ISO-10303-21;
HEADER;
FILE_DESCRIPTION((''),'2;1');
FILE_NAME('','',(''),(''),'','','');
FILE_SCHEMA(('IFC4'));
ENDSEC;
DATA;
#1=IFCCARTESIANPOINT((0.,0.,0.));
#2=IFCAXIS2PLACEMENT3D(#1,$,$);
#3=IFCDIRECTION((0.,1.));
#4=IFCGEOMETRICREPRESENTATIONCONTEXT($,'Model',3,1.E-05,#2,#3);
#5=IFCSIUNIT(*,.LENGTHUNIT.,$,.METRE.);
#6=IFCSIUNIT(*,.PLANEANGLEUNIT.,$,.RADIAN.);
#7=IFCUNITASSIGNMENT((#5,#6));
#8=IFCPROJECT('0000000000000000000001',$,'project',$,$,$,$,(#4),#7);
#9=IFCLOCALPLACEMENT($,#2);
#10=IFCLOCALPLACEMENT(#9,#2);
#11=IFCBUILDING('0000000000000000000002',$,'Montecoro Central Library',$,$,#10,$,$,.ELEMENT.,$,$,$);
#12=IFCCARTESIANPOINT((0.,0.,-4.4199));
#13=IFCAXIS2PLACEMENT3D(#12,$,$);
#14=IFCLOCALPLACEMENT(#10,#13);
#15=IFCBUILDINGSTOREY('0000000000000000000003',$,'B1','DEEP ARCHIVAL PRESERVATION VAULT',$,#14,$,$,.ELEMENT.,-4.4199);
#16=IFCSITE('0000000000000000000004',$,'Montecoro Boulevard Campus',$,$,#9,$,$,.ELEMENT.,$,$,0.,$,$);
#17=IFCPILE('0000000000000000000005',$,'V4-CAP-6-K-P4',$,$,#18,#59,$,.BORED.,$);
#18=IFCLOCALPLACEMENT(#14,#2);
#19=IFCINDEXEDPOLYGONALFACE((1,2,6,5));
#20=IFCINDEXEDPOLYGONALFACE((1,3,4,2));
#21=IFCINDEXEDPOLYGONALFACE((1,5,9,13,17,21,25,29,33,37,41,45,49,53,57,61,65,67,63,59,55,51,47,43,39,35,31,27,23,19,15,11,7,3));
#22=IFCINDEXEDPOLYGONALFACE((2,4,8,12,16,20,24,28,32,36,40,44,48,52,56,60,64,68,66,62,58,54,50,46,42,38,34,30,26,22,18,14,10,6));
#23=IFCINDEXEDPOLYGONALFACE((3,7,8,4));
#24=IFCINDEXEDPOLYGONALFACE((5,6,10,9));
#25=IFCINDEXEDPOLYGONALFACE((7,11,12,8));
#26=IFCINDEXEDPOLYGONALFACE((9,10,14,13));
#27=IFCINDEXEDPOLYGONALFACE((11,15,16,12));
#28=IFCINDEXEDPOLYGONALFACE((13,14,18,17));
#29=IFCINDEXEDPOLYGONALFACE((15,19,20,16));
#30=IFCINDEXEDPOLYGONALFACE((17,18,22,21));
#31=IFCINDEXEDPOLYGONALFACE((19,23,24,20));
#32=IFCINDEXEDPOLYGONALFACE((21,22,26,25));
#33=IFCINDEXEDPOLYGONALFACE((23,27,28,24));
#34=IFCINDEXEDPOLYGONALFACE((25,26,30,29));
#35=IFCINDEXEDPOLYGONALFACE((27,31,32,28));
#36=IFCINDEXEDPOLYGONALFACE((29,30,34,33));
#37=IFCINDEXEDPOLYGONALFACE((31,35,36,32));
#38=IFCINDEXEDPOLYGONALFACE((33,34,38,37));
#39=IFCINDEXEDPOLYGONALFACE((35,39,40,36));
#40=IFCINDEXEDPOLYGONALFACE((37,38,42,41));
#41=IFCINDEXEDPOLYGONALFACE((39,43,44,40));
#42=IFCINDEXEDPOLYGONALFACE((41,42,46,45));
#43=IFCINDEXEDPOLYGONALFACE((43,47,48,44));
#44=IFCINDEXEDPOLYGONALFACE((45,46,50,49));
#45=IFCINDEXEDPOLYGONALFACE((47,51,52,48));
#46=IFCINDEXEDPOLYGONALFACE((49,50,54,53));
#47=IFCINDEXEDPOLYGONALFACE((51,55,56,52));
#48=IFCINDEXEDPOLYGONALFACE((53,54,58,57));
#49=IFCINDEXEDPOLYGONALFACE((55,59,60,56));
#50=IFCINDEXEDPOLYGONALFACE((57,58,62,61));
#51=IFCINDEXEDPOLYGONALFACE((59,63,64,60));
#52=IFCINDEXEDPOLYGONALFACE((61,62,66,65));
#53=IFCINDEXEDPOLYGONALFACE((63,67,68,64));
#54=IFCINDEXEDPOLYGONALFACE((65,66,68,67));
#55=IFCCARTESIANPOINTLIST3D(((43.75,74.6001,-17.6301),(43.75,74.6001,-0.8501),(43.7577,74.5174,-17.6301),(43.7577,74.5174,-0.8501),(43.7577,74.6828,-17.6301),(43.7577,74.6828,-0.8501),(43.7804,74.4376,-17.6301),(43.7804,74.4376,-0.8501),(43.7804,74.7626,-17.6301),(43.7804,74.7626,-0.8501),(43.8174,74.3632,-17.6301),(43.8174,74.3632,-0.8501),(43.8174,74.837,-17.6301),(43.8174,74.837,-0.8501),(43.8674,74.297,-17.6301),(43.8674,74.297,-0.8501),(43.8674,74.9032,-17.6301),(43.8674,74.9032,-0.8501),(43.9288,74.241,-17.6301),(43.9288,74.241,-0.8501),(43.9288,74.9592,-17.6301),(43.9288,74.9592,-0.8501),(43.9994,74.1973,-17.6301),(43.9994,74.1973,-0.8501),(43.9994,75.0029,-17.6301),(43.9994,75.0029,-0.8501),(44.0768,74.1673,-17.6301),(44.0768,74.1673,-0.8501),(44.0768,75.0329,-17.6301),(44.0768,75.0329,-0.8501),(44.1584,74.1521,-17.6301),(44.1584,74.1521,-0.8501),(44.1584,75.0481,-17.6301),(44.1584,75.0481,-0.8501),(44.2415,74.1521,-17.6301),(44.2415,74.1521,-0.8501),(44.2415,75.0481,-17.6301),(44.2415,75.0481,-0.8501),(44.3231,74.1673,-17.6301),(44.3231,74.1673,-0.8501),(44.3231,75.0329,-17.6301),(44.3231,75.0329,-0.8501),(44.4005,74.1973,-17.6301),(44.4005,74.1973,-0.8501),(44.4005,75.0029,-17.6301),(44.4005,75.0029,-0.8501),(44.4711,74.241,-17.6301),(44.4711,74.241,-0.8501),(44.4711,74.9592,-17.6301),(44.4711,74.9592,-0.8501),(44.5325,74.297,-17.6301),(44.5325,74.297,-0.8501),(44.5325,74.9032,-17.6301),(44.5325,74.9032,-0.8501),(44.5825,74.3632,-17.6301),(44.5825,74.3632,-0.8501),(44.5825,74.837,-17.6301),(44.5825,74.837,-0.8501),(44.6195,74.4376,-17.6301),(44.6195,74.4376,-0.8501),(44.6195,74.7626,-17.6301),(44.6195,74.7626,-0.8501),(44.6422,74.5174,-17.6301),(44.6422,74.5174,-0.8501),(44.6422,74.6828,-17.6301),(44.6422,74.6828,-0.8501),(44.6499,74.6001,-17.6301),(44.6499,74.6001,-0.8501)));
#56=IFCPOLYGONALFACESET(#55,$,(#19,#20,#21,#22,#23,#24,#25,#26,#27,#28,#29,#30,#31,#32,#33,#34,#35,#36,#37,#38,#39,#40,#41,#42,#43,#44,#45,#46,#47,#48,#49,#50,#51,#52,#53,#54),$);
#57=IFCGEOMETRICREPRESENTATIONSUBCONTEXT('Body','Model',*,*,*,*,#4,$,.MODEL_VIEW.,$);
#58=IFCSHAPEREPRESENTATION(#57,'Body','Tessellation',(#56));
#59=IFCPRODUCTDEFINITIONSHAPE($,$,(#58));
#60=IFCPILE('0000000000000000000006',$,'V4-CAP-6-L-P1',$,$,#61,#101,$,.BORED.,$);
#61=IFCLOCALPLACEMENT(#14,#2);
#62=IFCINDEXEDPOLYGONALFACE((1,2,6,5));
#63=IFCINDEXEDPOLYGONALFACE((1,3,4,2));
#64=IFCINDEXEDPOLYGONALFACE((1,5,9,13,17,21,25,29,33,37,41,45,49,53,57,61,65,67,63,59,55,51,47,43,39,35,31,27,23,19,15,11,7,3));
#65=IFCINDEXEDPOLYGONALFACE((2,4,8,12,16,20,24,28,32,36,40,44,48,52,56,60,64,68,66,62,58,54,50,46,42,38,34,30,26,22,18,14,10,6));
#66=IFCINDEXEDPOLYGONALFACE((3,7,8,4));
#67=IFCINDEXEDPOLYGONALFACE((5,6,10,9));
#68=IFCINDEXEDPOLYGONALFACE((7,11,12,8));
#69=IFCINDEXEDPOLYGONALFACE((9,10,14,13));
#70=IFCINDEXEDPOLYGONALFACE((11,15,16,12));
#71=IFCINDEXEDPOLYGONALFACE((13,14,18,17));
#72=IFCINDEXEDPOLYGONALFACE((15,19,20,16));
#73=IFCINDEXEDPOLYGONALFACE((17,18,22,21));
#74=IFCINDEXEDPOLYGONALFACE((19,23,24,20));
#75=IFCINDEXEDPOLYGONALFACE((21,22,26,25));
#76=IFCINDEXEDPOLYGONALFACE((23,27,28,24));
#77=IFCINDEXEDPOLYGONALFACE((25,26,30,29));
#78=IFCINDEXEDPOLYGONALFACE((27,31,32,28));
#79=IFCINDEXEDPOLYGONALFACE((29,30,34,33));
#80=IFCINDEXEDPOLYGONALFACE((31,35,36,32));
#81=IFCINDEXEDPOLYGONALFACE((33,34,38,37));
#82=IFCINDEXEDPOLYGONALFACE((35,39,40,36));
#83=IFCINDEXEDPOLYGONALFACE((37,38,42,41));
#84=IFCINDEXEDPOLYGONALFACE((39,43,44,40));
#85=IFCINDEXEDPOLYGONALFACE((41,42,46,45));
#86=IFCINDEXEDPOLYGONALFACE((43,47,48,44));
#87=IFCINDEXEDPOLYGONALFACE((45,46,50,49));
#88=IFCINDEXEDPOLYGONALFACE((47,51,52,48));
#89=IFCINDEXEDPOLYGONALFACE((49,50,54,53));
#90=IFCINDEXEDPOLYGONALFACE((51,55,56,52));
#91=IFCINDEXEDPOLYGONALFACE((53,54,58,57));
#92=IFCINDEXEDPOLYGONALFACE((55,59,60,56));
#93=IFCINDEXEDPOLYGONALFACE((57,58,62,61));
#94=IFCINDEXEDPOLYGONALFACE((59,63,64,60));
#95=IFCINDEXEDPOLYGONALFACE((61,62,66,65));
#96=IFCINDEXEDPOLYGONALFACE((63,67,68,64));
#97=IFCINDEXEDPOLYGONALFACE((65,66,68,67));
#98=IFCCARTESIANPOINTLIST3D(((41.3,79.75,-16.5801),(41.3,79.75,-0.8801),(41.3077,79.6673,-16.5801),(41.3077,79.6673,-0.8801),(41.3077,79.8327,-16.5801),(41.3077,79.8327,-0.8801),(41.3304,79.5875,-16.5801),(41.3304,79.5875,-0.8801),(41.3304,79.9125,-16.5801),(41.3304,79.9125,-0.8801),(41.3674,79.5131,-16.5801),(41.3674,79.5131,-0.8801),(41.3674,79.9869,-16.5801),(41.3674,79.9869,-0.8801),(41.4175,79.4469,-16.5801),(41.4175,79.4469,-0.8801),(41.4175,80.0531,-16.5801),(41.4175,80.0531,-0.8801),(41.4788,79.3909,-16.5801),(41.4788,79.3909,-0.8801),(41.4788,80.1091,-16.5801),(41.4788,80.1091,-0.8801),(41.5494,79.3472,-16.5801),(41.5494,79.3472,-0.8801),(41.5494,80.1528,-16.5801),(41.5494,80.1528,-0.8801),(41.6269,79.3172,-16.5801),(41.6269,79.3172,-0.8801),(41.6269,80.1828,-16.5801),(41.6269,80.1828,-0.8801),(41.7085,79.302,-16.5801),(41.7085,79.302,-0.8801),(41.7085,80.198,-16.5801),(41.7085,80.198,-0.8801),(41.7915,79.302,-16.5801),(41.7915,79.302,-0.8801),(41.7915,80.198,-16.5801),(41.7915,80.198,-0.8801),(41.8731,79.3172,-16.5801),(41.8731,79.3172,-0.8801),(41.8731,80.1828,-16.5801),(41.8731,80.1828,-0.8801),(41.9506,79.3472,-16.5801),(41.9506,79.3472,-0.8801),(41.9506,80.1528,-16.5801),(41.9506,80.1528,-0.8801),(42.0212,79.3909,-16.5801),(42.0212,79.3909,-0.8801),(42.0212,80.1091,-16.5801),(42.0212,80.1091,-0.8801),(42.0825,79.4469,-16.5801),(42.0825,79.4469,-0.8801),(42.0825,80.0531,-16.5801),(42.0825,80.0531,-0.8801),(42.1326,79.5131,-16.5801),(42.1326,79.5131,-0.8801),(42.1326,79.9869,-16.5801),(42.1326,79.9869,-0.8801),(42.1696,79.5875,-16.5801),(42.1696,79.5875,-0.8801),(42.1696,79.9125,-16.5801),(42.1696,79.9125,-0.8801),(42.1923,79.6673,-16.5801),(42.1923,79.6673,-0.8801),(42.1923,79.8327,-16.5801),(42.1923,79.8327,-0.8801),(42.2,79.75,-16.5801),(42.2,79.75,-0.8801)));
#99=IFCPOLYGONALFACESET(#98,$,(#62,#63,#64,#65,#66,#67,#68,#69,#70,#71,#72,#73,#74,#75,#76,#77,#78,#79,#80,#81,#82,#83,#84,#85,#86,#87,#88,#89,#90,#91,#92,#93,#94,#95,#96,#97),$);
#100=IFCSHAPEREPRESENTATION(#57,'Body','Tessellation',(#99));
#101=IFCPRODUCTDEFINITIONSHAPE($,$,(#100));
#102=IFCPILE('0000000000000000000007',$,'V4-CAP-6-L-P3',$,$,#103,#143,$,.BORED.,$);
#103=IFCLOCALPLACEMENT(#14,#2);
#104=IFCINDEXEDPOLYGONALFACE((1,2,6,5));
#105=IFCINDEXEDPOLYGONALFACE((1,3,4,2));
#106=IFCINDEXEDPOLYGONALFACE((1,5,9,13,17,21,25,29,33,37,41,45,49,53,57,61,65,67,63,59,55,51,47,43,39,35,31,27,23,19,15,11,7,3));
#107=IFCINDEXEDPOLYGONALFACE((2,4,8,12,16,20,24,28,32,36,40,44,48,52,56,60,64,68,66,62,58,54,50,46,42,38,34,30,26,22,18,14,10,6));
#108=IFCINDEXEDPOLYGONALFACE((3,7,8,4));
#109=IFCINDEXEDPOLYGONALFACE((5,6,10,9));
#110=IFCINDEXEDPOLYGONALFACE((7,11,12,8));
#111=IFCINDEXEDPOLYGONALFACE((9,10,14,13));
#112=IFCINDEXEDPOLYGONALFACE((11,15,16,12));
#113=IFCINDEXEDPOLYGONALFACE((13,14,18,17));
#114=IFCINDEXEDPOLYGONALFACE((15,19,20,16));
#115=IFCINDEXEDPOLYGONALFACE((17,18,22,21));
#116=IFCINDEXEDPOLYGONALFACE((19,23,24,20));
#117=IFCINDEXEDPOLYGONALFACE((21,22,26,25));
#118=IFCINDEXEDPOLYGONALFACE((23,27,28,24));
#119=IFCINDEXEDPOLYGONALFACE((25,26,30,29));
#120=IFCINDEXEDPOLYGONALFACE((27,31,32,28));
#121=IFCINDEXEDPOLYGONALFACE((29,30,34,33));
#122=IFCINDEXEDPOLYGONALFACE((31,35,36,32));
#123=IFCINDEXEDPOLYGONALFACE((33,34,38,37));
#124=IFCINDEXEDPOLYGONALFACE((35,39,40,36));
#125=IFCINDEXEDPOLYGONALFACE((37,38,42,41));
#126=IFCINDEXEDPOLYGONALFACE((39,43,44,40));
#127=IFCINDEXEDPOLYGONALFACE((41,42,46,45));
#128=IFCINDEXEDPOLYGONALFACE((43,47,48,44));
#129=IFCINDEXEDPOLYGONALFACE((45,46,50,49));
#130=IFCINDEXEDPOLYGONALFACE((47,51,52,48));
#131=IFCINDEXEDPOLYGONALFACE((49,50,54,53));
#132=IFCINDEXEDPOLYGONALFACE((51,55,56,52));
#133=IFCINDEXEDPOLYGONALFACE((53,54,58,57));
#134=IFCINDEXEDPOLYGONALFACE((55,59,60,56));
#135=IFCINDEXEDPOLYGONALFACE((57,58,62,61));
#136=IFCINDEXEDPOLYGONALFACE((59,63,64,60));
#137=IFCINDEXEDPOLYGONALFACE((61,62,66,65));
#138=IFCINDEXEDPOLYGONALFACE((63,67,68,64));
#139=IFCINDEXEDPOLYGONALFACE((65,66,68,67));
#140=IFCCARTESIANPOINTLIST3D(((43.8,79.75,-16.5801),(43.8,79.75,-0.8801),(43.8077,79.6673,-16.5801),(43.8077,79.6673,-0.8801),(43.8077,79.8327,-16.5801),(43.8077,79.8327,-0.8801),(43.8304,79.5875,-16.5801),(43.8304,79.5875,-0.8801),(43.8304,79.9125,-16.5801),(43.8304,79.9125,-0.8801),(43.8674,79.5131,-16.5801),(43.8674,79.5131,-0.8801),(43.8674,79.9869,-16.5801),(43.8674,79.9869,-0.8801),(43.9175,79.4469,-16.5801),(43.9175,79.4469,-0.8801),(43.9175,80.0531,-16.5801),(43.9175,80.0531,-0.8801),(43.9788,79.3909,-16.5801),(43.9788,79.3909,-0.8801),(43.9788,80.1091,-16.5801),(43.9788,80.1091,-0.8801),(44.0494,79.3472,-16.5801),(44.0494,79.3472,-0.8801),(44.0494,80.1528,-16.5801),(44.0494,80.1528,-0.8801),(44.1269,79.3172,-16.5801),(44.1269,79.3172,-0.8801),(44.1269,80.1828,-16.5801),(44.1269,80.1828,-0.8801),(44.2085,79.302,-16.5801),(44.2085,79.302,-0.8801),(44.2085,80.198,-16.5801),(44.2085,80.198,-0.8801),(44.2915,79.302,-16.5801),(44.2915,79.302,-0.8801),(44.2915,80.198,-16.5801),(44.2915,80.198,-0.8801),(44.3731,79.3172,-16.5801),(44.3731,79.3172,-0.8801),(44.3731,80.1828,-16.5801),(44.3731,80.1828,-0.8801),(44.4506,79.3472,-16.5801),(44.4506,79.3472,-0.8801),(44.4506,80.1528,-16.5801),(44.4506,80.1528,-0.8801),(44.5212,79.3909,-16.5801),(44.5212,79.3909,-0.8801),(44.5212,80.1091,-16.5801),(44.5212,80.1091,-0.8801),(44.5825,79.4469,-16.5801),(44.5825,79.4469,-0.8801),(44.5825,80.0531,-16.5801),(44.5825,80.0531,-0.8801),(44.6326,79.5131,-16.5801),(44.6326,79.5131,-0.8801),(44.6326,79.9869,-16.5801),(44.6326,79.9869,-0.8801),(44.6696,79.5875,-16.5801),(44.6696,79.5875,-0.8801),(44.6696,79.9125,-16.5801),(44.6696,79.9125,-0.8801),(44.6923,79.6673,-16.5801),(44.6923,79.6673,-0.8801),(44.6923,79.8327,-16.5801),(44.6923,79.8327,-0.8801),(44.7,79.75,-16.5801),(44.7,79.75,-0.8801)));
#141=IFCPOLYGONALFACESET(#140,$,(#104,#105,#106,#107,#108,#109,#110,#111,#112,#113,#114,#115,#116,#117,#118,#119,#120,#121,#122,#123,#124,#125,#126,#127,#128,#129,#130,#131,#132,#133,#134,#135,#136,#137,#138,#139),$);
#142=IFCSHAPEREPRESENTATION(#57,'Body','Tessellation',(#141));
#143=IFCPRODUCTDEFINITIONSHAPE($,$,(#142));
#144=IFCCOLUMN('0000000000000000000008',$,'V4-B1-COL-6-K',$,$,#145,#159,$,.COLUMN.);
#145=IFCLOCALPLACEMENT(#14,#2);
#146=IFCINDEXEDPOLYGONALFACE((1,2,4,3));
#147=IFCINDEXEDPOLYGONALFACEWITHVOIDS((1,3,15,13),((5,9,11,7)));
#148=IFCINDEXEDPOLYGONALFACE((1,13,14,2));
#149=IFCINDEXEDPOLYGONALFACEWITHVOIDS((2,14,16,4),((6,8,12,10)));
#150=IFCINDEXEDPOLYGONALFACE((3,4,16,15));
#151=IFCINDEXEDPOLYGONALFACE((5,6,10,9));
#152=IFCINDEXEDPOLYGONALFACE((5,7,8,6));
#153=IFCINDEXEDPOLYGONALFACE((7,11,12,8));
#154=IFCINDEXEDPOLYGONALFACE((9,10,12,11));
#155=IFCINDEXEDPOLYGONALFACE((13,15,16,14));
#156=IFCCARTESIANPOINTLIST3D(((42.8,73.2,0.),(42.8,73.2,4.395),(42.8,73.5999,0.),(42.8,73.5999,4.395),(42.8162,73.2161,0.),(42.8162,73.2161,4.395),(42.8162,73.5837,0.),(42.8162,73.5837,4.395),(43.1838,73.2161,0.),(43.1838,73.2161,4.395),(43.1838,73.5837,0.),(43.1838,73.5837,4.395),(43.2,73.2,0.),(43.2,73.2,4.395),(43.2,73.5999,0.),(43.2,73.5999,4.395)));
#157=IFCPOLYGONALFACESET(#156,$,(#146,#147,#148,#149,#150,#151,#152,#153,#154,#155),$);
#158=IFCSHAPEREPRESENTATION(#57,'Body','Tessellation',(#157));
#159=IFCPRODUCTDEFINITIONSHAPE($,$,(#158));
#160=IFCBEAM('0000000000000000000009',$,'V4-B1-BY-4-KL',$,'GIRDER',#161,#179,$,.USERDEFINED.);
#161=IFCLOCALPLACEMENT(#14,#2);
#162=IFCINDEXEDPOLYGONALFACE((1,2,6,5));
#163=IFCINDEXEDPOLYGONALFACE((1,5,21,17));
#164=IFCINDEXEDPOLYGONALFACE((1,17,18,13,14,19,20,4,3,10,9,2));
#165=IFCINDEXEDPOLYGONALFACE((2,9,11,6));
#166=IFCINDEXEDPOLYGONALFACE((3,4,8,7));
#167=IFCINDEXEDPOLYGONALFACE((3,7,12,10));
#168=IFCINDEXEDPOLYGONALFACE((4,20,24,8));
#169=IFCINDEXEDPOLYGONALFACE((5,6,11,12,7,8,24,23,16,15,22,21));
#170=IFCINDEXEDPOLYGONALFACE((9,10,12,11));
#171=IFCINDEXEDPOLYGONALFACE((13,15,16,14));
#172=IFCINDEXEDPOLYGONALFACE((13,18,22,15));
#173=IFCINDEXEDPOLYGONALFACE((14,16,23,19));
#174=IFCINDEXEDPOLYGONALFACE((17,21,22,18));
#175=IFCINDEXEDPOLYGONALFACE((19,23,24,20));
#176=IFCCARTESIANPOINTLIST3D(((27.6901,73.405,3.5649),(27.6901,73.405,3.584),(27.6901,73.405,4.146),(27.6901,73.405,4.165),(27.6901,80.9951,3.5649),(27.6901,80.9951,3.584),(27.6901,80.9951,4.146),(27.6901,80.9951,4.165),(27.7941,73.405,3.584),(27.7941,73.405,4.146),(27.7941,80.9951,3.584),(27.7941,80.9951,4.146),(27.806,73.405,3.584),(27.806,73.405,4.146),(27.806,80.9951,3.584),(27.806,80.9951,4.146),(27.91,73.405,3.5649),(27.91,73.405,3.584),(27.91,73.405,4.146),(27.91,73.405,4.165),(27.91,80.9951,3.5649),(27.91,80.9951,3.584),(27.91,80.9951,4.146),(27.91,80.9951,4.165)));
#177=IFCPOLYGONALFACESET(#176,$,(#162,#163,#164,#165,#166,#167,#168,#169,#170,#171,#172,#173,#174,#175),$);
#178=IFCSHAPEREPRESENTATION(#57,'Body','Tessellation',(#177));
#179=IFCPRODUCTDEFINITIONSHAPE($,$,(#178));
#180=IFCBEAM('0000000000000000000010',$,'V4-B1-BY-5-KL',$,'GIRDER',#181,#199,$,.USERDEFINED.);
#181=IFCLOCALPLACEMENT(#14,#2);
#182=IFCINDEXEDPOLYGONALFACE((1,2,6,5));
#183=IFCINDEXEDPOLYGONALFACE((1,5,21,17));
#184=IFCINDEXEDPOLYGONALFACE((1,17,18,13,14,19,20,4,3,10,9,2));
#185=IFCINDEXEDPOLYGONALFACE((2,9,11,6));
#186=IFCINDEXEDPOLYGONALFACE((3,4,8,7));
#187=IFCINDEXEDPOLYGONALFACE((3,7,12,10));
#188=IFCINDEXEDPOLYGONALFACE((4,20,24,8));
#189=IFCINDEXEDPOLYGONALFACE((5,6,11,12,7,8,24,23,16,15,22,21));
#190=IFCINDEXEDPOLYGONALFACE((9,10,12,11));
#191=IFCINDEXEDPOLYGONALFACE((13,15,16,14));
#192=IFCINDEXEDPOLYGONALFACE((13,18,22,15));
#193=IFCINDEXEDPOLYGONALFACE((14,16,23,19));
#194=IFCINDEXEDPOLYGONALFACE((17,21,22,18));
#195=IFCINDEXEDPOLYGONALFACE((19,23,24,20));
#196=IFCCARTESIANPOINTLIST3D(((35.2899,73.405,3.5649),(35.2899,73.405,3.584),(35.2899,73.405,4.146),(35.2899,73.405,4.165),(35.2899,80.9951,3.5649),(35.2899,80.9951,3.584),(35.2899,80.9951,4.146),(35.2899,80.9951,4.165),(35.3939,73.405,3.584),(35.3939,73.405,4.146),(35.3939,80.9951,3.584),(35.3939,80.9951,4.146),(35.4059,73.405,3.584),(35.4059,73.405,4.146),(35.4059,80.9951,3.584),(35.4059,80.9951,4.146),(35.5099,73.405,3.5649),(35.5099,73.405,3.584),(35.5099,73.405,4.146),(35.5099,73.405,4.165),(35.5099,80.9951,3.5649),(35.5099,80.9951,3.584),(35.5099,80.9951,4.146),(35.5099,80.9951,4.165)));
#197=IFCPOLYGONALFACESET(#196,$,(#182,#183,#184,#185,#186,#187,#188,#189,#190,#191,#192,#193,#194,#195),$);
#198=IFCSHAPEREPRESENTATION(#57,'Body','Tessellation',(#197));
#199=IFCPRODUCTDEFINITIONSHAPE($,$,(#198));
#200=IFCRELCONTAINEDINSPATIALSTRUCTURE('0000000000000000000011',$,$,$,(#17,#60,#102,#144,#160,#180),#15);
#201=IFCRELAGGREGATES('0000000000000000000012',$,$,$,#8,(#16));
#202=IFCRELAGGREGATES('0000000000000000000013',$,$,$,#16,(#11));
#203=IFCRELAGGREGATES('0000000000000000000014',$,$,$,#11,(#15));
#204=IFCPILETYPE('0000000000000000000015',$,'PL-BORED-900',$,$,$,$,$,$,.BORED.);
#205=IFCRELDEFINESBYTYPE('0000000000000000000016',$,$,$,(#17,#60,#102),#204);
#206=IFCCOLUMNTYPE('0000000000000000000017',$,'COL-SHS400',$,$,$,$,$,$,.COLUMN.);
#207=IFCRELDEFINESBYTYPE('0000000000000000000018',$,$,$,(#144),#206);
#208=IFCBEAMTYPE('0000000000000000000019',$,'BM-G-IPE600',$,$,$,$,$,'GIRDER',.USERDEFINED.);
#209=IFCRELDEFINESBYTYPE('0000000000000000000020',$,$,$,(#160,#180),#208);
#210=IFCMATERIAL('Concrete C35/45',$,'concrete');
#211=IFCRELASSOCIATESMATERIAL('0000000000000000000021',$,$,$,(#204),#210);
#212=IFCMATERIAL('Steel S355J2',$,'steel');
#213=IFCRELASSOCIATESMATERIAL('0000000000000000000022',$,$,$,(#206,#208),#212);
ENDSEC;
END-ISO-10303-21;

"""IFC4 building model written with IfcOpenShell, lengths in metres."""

from ifc_helpers import new_model, si_unit, direction, frame, origin, origin_2d, place, context, subcontext, project, spatial, hollow_rectangle, circle, i_section, extrude, material, material_profile, profile_set, type_object, element, save


model = new_model("IFC4")

# Units and contexts
model_context = context("Model", 3, precision=1e-05, world=origin(), true_north=direction((0.0, 1.0)))
body_context = subcontext(model_context, "Body", "Model", "MODEL_VIEW")
ifc_project = project(units=[si_unit("LENGTHUNIT", "METRE"), si_unit("PLANEANGLEUNIT", "RADIAN")], contexts=[model_context])

# Site, building, storey
site_placement = place(None, origin())
site = spatial("IfcSite", under=ifc_project, at=site_placement, Name="Montecoro Boulevard Campus", CompositionType="ELEMENT", RefElevation=0.0)
building_placement = place(site_placement, origin())
building = spatial("IfcBuilding", under=site, at=building_placement, Name="Montecoro Central Library", CompositionType="ELEMENT")
storey_placement = place(building_placement, frame((0.0, 0.0, -4.4199)))
storey = spatial("IfcBuildingStorey", under=building, at=storey_placement, Name="B1", Description="DEEP ARCHIVAL PRESERVATION VAULT", CompositionType="ELEMENT", Elevation=-4.4199)

# Shared definitions
ifc_material_1 = material(Name="Concrete C35/45", Category="concrete")

# Piles
ifc_material_profile_1 = material_profile(ifc_material_1, circle(Radius=0.45, at=origin_2d()), Name="PILE D900")
ifc_profile_set_1 = profile_set([ifc_material_profile_1], Name="Concrete C35/45")
pile_type_1 = type_object("IfcPileType", Name="PL-BORED-900", PredefinedType="BORED", material=ifc_profile_set_1)
for number, where, z_axis, x_axis, name in (
    (1, (44.2, 74.6001, -0.8501), (0.0, 0.0, -1.0), (1.0, 0.0, 0.0), "V4-CAP-6-K-P4"),
):
    element("IfcPile", number, at=place(storey_placement, frame(where, z_axis=z_axis, x_axis=x_axis)), inside=storey, type_object=pile_type_1, Name=name, PredefinedType="BORED", context=body_context, shape_type="SweptSolid", body=[
        extrude(circle(Radius=0.45, at=origin_2d()), origin(), (0.0, 0.0, 1.0), 16.78),
    ])
for number, where, z_axis, x_axis, name in (
    (2, (41.75, 79.75, -0.8801), (0.0, 0.0, -1.0), (1.0, 0.0, 0.0), "V4-CAP-6-L-P1"),
    (3, (44.25, 79.75, -0.8801), (0.0, 0.0, -1.0), (1.0, 0.0, 0.0), "V4-CAP-6-L-P3"),
):
    element("IfcPile", number, at=place(storey_placement, frame(where, z_axis=z_axis, x_axis=x_axis)), inside=storey, type_object=pile_type_1, Name=name, PredefinedType="BORED", context=body_context, shape_type="SweptSolid", body=[
        extrude(circle(Radius=0.45, at=origin_2d()), origin(), (0.0, 0.0, 1.0), 15.7),
    ])

# Column
ifc_material_2 = material(Name="Steel S355J2", Category="steel")
ifc_material_profile_2 = material_profile(ifc_material_2, hollow_rectangle(XDim=0.3999, YDim=0.3999, WallThickness=0.0161, at=origin_2d()), Name="SHS 400x400x16.0")
ifc_profile_set_2 = profile_set([ifc_material_profile_2], Name="Steel S355J2")
column_type = type_object("IfcColumnType", Name="COL-SHS400", PredefinedType="COLUMN", material=ifc_profile_set_2)
column_placement = place(storey_placement, frame((43.0, 73.3999, 0.0), z_axis=(0.0, 0.0, 1.0), x_axis=(1.0, 0.0, 0.0)))
element("IfcColumn", 4, at=column_placement, inside=storey, type_object=column_type, Name="V4-B1-COL-6-K", PredefinedType="COLUMN", context=body_context, shape_type="SweptSolid", body=[
    extrude(hollow_rectangle(XDim=0.3999, YDim=0.3999, WallThickness=0.0161, at=origin_2d()), origin(), (0.0, 0.0, 1.0), 4.395),
])

# Beams
ifc_material_profile_3 = material_profile(ifc_material_2, i_section(OverallWidth=0.22, OverallDepth=0.6001, WebThickness=0.012, FlangeThickness=0.019, at=origin_2d()), Name="IPE 600")
ifc_profile_set_3 = profile_set([ifc_material_profile_3], Name="Steel S355J2")
beam_type_1 = type_object("IfcBeamType", Name="BM-G-IPE600", ElementType="GIRDER", PredefinedType="USERDEFINED", material=ifc_profile_set_3)
for number, where, z_axis, x_axis, name in (
    (5, (27.8, 73.405, 3.865), (0.0, 1.0, 0.0), (-1.0, 0.0, 0.0), "V4-B1-BY-4-KL"),
    (6, (35.3999, 73.405, 3.865), (0.0, 1.0, 0.0), (-1.0, 0.0, 0.0), "V4-B1-BY-5-KL"),
):
    element("IfcBeam", number, at=place(storey_placement, frame(where, z_axis=z_axis, x_axis=x_axis)), inside=storey, type_object=beam_type_1, Name=name, ObjectType="GIRDER", PredefinedType="USERDEFINED", context=body_context, shape_type="SweptSolid", body=[
        extrude(i_section(OverallWidth=0.22, OverallDepth=0.6001, WebThickness=0.012, FlangeThickness=0.019, at=origin_2d()), origin(), (0.0, 0.0, 1.0), 7.5901),
    ])

save(model, "model.ifc")
